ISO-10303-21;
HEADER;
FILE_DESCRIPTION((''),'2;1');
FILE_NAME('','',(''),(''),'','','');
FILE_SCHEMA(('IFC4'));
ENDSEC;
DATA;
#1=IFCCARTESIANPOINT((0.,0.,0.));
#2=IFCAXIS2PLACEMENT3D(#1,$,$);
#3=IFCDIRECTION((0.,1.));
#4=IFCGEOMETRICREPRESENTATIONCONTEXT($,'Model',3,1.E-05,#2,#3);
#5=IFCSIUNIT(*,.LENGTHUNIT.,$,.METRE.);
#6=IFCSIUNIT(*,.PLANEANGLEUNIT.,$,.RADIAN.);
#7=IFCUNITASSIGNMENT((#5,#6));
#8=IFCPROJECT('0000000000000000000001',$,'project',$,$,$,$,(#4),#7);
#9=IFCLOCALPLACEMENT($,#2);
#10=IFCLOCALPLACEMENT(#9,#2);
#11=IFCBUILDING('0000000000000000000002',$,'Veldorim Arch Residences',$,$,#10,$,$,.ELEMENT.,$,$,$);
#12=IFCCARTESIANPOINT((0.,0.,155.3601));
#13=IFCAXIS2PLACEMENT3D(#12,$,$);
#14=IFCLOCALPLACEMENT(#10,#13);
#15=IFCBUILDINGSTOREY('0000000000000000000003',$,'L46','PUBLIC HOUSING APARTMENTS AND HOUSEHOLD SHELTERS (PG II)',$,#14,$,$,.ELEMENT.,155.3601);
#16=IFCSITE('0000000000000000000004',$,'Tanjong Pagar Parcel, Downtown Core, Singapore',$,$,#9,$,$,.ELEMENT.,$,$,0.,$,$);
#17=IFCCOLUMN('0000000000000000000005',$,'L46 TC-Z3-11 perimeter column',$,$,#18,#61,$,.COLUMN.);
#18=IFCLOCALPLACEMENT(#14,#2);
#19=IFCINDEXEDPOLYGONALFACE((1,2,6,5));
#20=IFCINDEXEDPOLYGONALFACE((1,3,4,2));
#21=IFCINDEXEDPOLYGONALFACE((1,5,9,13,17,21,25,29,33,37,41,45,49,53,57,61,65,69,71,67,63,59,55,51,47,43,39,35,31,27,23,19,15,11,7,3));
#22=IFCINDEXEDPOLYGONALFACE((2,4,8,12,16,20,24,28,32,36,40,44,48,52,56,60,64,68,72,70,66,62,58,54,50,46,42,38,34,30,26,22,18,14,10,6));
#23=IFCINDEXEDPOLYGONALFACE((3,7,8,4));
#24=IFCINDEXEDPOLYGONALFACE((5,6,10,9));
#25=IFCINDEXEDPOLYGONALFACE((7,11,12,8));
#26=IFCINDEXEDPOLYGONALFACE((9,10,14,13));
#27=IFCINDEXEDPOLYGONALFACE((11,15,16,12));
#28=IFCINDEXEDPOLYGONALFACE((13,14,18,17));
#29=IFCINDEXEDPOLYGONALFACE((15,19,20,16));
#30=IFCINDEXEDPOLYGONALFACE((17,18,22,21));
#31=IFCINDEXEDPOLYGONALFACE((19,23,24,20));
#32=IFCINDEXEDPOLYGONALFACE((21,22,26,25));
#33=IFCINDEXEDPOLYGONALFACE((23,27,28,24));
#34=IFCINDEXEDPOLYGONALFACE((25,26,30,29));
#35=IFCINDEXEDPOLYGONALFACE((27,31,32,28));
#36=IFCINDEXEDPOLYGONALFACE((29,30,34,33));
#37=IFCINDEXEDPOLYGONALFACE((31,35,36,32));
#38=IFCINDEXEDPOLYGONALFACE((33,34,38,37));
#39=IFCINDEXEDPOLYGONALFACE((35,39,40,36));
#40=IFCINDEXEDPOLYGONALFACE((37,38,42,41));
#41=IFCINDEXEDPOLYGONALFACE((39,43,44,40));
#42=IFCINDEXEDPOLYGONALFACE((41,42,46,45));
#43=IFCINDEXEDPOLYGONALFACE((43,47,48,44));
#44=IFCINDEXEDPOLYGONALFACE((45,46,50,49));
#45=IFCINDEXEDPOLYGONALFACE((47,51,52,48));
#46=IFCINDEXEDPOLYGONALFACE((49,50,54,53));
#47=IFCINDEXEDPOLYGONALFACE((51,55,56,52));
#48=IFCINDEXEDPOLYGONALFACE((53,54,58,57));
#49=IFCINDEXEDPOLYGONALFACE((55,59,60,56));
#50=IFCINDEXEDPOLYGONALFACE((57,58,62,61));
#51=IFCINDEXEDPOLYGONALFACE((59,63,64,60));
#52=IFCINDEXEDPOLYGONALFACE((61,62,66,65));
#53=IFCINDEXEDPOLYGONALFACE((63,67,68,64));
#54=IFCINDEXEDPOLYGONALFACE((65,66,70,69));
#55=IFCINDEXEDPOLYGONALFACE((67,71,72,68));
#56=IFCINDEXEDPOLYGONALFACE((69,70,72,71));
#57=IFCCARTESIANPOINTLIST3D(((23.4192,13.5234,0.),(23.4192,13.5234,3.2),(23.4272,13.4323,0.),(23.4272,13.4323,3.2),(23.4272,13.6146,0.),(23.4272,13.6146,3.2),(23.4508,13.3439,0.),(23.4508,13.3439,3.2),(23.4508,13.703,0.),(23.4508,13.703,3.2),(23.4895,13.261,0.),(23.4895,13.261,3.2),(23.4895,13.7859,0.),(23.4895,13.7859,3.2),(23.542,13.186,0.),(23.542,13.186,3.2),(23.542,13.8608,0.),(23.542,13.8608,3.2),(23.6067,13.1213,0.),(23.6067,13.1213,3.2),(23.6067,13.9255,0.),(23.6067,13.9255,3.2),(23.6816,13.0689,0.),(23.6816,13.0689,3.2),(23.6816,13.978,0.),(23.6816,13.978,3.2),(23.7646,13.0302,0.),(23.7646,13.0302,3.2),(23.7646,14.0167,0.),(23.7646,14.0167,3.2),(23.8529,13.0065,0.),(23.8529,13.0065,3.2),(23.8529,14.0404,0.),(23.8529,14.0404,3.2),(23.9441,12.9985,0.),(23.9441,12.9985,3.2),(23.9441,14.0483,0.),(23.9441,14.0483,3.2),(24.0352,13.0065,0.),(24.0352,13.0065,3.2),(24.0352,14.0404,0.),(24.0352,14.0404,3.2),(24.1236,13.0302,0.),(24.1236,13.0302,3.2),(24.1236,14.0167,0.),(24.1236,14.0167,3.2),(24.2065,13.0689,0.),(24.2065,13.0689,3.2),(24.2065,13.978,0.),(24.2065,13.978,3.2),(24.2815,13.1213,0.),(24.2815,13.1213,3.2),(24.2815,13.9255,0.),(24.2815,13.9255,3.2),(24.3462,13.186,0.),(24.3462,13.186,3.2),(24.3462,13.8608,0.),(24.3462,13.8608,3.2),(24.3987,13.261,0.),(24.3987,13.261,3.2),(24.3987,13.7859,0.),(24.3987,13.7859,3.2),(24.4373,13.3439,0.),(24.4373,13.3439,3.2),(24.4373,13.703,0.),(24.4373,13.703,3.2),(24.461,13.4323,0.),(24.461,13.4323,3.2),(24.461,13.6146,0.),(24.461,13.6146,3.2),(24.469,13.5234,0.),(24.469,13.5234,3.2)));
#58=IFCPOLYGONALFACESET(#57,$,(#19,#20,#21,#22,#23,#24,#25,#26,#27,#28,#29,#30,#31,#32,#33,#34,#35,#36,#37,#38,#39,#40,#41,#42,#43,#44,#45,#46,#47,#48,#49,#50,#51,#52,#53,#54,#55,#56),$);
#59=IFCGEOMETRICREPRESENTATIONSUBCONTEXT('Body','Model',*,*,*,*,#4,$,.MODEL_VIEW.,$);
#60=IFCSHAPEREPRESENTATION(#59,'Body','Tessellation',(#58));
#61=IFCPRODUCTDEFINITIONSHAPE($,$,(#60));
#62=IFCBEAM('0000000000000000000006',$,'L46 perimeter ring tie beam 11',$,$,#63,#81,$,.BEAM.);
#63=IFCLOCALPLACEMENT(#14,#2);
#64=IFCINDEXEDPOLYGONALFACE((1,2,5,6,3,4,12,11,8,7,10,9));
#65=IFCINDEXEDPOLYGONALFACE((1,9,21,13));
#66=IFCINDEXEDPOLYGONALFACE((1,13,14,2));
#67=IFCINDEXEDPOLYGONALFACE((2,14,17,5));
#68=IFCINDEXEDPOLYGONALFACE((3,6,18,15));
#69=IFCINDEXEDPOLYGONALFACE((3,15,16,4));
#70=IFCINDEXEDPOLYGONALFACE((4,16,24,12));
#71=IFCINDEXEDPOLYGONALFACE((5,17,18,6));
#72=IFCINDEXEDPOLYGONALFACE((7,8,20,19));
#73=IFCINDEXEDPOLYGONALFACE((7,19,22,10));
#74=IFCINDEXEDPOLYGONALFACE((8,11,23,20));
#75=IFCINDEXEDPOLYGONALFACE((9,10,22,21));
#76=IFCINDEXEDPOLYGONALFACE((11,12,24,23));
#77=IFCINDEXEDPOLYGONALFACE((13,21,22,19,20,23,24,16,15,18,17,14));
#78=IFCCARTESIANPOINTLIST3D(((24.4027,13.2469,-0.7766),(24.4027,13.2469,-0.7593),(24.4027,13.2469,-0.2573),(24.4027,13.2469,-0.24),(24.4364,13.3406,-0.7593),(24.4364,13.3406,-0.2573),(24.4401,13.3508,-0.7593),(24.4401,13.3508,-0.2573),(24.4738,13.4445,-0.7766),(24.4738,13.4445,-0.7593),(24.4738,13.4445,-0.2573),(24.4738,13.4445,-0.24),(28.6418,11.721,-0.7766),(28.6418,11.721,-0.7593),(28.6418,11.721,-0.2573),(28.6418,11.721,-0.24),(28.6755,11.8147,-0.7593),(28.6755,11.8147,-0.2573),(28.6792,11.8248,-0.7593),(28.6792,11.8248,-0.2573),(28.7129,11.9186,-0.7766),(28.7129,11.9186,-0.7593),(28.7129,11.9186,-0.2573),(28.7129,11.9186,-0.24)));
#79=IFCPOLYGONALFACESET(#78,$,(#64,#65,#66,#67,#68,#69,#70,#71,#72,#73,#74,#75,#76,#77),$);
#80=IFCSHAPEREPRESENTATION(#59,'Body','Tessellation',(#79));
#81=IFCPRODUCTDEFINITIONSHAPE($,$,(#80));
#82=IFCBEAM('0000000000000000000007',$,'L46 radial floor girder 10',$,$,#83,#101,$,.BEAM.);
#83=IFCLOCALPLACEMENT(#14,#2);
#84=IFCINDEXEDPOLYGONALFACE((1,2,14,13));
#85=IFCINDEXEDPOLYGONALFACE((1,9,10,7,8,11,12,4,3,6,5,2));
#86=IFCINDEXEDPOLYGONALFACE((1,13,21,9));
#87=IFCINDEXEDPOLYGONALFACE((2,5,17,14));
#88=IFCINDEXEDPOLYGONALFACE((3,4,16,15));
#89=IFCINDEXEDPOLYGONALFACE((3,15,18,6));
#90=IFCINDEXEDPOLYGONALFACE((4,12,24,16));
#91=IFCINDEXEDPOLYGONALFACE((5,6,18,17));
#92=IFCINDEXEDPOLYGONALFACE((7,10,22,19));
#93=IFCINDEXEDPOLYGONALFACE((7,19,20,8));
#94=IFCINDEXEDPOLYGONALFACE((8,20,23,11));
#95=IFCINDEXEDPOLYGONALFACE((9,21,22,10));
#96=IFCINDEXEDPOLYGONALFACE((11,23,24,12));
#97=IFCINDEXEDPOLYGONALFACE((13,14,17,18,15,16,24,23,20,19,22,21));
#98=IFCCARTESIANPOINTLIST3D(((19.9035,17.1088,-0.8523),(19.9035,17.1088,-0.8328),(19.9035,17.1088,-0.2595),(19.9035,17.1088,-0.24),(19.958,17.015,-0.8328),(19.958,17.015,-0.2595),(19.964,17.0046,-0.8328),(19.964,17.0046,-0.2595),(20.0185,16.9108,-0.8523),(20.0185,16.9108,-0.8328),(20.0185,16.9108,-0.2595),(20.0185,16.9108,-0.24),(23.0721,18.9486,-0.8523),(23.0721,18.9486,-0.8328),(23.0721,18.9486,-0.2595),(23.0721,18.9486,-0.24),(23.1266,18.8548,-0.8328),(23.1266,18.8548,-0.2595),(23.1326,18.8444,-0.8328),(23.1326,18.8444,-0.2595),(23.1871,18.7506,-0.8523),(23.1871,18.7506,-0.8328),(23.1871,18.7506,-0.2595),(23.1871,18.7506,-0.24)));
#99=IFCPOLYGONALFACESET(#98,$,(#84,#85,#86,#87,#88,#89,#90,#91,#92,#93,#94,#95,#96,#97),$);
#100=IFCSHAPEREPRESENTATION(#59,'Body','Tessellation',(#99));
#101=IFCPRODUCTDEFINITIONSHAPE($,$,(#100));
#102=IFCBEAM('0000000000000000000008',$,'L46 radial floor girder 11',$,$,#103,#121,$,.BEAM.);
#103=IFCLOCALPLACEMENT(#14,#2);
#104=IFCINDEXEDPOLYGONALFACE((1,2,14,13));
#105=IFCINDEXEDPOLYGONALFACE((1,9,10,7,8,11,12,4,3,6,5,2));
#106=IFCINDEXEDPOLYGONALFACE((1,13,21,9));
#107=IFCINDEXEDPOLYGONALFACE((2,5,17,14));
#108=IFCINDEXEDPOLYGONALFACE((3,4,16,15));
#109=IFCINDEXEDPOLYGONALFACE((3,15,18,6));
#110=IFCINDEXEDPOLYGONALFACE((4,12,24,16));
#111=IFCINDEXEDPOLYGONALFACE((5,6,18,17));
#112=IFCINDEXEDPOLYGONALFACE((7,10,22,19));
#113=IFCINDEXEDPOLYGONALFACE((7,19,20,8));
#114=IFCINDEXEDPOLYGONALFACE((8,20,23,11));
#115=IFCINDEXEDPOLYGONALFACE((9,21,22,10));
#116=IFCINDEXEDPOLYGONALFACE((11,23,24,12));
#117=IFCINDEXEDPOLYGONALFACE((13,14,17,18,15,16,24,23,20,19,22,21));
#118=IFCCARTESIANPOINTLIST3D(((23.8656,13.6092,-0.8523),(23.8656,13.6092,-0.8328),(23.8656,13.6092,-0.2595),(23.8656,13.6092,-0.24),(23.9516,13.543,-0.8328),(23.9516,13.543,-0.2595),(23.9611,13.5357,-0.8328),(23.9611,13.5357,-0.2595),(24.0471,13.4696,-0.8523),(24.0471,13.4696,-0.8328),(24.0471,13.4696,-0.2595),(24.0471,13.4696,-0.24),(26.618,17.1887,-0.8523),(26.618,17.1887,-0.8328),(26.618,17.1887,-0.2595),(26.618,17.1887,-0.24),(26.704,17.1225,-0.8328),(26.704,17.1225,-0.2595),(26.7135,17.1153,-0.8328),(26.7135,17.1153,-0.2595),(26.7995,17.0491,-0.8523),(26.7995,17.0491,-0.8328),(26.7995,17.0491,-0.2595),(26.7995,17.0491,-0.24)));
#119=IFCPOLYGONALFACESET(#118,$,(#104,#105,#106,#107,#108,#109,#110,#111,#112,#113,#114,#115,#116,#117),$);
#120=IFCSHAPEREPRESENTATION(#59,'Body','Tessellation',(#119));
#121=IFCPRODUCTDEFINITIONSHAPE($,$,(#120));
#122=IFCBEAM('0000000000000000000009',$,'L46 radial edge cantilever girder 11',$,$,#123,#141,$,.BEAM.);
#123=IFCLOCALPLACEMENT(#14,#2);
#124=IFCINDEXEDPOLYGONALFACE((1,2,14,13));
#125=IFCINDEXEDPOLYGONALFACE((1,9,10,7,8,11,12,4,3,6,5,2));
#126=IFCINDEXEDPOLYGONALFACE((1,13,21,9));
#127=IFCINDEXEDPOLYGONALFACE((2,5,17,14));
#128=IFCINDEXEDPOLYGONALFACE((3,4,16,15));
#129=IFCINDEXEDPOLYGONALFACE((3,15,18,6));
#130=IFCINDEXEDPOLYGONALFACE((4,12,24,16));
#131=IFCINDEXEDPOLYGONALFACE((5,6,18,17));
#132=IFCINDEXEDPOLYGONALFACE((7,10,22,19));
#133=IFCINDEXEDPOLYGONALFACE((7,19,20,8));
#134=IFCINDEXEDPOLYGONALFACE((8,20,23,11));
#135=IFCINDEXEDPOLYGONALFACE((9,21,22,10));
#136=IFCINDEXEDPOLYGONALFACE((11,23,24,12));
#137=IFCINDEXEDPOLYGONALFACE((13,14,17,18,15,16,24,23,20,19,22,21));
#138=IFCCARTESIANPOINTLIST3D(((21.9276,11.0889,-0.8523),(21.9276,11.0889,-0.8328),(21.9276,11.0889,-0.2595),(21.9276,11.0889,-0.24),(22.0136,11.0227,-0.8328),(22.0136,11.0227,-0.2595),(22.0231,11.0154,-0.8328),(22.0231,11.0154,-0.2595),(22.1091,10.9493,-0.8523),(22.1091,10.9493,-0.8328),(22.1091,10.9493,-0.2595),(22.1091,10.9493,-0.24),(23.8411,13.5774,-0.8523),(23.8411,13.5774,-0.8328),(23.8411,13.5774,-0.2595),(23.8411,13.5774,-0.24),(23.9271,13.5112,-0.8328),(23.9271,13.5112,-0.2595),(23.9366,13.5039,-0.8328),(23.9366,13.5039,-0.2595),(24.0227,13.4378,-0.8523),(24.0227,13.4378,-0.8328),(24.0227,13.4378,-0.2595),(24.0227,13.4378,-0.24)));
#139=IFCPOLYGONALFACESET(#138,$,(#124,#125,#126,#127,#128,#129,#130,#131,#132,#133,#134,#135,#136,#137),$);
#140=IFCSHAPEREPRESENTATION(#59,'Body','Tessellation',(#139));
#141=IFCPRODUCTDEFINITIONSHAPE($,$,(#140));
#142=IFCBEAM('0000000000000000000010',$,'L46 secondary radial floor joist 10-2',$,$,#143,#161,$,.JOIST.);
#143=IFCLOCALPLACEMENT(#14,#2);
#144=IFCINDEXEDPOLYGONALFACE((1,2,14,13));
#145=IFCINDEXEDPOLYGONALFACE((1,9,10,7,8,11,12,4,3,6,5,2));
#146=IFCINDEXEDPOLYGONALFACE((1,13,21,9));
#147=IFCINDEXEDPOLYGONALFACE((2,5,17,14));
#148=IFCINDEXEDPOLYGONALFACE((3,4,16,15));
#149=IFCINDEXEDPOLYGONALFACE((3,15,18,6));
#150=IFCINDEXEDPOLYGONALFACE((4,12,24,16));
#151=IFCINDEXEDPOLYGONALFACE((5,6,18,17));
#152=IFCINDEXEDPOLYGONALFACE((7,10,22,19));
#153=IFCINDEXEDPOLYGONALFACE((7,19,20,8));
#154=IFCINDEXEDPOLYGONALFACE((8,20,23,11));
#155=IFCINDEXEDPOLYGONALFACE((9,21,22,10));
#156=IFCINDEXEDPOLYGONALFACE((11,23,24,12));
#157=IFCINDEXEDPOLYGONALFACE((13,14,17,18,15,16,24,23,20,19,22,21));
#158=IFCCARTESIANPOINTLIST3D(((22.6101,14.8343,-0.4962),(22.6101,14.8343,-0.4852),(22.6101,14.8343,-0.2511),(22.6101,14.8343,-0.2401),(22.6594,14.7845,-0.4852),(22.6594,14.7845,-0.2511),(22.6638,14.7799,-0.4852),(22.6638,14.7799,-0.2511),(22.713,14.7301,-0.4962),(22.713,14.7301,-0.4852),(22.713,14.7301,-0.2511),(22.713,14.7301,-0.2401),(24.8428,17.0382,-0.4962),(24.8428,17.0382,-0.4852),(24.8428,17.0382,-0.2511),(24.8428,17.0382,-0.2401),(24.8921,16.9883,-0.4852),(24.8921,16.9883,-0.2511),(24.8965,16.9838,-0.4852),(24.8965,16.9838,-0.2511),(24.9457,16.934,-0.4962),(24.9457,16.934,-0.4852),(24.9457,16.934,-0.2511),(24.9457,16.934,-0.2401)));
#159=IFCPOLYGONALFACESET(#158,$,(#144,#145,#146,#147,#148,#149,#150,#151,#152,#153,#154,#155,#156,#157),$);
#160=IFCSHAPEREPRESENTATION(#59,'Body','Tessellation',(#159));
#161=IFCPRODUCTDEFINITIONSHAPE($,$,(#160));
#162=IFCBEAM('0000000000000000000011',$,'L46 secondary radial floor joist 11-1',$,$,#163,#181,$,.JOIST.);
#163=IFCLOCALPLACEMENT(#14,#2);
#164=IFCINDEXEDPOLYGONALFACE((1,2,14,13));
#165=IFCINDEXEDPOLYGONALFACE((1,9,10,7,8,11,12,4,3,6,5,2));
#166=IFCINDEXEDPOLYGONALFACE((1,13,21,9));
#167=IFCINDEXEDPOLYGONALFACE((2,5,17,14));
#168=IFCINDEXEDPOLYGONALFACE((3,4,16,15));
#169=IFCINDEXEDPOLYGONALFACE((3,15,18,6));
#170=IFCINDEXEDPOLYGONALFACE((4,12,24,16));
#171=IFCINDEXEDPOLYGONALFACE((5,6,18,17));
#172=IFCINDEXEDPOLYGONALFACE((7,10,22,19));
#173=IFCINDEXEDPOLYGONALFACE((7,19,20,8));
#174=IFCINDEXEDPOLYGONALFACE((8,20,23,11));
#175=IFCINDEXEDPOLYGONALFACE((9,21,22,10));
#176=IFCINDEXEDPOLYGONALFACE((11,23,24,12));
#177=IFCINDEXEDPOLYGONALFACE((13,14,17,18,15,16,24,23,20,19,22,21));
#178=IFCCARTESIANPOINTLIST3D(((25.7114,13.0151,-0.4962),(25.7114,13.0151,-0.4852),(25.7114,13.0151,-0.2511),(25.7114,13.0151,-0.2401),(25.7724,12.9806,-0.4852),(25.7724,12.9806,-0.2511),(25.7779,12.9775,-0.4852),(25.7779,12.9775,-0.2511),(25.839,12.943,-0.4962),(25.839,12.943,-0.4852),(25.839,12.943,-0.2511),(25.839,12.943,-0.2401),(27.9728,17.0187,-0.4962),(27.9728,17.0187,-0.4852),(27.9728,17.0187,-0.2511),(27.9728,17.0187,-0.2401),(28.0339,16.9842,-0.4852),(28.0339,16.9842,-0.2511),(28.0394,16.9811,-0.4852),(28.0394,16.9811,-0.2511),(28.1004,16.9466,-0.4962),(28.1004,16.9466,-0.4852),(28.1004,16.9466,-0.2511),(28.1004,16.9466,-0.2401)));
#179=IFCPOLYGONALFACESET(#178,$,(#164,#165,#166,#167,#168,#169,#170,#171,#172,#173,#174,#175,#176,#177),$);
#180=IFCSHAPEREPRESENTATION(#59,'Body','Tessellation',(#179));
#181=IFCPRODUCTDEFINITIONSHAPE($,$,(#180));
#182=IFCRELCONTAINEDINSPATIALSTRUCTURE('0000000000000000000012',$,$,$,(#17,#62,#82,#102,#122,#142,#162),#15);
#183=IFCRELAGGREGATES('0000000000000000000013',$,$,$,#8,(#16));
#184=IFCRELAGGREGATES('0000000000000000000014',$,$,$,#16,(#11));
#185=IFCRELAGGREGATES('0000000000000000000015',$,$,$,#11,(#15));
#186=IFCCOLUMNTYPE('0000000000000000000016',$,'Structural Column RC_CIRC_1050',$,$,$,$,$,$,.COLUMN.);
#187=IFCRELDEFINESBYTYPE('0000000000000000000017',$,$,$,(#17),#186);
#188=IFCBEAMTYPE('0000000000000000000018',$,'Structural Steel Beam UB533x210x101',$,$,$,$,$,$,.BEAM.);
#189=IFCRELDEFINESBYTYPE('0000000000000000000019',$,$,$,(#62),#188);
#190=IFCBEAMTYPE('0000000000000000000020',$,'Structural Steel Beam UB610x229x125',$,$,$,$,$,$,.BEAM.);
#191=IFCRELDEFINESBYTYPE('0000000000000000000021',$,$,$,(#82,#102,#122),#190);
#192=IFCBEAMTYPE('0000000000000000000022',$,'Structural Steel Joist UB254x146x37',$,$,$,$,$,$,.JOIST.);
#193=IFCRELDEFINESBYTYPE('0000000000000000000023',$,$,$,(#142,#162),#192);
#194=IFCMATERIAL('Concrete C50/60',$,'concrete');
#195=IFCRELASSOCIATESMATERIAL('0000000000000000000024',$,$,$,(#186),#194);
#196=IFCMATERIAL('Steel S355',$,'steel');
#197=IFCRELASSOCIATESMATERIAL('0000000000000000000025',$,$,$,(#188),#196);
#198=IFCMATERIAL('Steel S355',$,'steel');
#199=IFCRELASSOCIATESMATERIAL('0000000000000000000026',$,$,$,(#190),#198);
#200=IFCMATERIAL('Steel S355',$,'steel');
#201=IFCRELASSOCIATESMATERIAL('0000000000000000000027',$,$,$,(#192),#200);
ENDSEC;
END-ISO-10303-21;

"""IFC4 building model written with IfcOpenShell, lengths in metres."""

from ifc_helpers import new_model, si_unit, direction, frame, origin, origin_2d, place, context, subcontext, project, spatial, circle, i_section, extrude, material, material_profile, profile_set, type_object, element, save


model = new_model("IFC4")

# Units and contexts
model_context = context("Model", 3, precision=1e-05, world=origin(), true_north=direction((0.0, 1.0)))
body_context = subcontext(model_context, "Body", "Model", "MODEL_VIEW")
ifc_project = project(units=[si_unit("LENGTHUNIT", "METRE"), si_unit("PLANEANGLEUNIT", "RADIAN")], contexts=[model_context])

# Site, building, storey
site_placement = place(None, origin())
site = spatial("IfcSite", under=ifc_project, at=site_placement, Name="Tanjong Pagar Parcel, Downtown Core, Singapore", CompositionType="ELEMENT", RefElevation=0.0)
building_placement = place(site_placement, origin())
building = spatial("IfcBuilding", under=site, at=building_placement, Name="Veldorim Arch Residences", CompositionType="ELEMENT")
storey_placement = place(building_placement, frame((0.0, 0.0, 155.3601)))
storey = spatial("IfcBuildingStorey", under=building, at=storey_placement, Name="L46", Description="PUBLIC HOUSING APARTMENTS AND HOUSEHOLD SHELTERS (PG II)", CompositionType="ELEMENT", Elevation=155.3601)

# Column
ifc_material_1 = material(Name="Concrete C50/60", Category="concrete")
ifc_material_profile_1 = material_profile(ifc_material_1, circle(Radius=0.5249, at=origin_2d()), Name="RC_CIRC_1050")
ifc_profile_set_1 = profile_set([ifc_material_profile_1], Name="Concrete C50/60")
column_type = type_object("IfcColumnType", Name="Structural Column RC_CIRC_1050", PredefinedType="COLUMN", material=ifc_profile_set_1)
column_placement = place(storey_placement, frame((23.9441, 13.5234, 0.0), z_axis=(0.0, 0.0, 1.0), x_axis=(1.0, 0.0, 0.0)))
element("IfcColumn", 1, at=column_placement, inside=storey, type_object=column_type, Name="L46 TC-Z3-11 perimeter column", PredefinedType="COLUMN", context=body_context, shape_type="SweptSolid", body=[
    extrude(circle(Radius=0.5249, at=origin_2d()), origin(), (0.0, 0.0, 1.0), 3.2),
])

# Beams
ifc_material_2 = material(Name="Steel S355", Category="steel")
ifc_material_profile_2 = material_profile(ifc_material_2, i_section(OverallWidth=0.21, OverallDepth=0.5366, WebThickness=0.0107, FlangeThickness=0.0173, at=origin_2d()), Name="UB533x210x101")
ifc_profile_set_2 = profile_set([ifc_material_profile_2], Name="Steel S355")
beam_type_1 = type_object("IfcBeamType", Name="Structural Steel Beam UB533x210x101", PredefinedType="BEAM", material=ifc_profile_set_2)
beam_1_placement = place(storey_placement, frame((24.4382, 13.3457, -0.5083), z_axis=(0.940899, -0.338687, 0.0), x_axis=(0.338687, 0.940899, 0.0)))
element("IfcBeam", 2, at=beam_1_placement, inside=storey, type_object=beam_type_1, Name="L46 perimeter ring tie beam 11", PredefinedType="BEAM", context=body_context, shape_type="SweptSolid", body=[
    extrude(i_section(OverallWidth=0.21, OverallDepth=0.5366, WebThickness=0.0107, FlangeThickness=0.0173, at=origin_2d()), origin(), (0.0, 0.0, 1.0), 4.5054),
])
ifc_material_3 = material(Name="Steel S355", Category="steel")
ifc_material_profile_3 = material_profile(ifc_material_3, i_section(OverallWidth=0.229, OverallDepth=0.6123, WebThickness=0.012, FlangeThickness=0.0195, at=origin_2d()), Name="UB610x229x125")
ifc_profile_set_3 = profile_set([ifc_material_profile_3], Name="Steel S355")
beam_type_2 = type_object("IfcBeamType", Name="Structural Steel Beam UB610x229x125", PredefinedType="BEAM", material=ifc_profile_set_3)
beam_2_placement = place(storey_placement, frame((23.1296, 18.8496, -0.5461), z_axis=(-0.864795, -0.502126, 0.0), x_axis=(0.502126, -0.864795, 0.0)))
element("IfcBeam", 3, at=beam_2_placement, inside=storey, type_object=beam_type_2, Name="L46 radial floor girder 10", PredefinedType="BEAM", context=body_context, shape_type="SweptSolid", body=[
    extrude(i_section(OverallWidth=0.229, OverallDepth=0.6123, WebThickness=0.012, FlangeThickness=0.0195, at=origin_2d()), origin(), (0.0, 0.0, 1.0), 3.6641),
])
beam_3_placement = place(storey_placement, frame((26.7087, 17.1189, -0.5461), z_axis=(-0.609559, -0.792741, 0.0), x_axis=(0.792741, -0.609559, 0.0)))
element("IfcBeam", 4, at=beam_3_placement, inside=storey, type_object=beam_type_2, Name="L46 radial floor girder 11", PredefinedType="BEAM", context=body_context, shape_type="SweptSolid", body=[
    extrude(i_section(OverallWidth=0.229, OverallDepth=0.6123, WebThickness=0.012, FlangeThickness=0.0195, at=origin_2d()), origin(), (0.0, 0.0, 1.0), 4.5154),
])
beam_4_placement = place(storey_placement, frame((23.9319, 13.5076, -0.5461), z_axis=(-0.609575, -0.792728, 0.0), x_axis=(0.792728, -0.609575, 0.0)))
element("IfcBeam", 5, at=beam_4_placement, inside=storey, type_object=beam_type_2, Name="L46 radial edge cantilever girder 11", PredefinedType="BEAM", context=body_context, shape_type="SweptSolid", body=[
    extrude(i_section(OverallWidth=0.229, OverallDepth=0.6123, WebThickness=0.012, FlangeThickness=0.0195, at=origin_2d()), origin(), (0.0, 0.0, 1.0), 3.1392),
])
ifc_material_4 = material(Name="Steel S355", Category="steel")
ifc_material_profile_4 = material_profile(ifc_material_4, i_section(OverallWidth=0.1465, OverallDepth=0.2561, WebThickness=0.0063, FlangeThickness=0.011, at=origin_2d()), Name="UB254x146x37")
ifc_profile_set_4 = profile_set([ifc_material_profile_4], Name="Steel S355")
beam_type_3 = type_object("IfcBeamType", Name="Structural Steel Joist UB254x146x37", PredefinedType="JOIST", material=ifc_profile_set_4)
beam_5_placement = place(storey_placement, frame((24.8943, 16.9861, -0.3682), z_axis=(-0.711683, -0.7025, 0.0), x_axis=(0.7025, -0.711683, 0.0)))
element("IfcBeam", 6, at=beam_5_placement, inside=storey, type_object=beam_type_3, Name="L46 secondary radial floor joist 10-2", PredefinedType="JOIST", context=body_context, shape_type="SweptSolid", body=[
    extrude(i_section(OverallWidth=0.1465, OverallDepth=0.2561, WebThickness=0.0063, FlangeThickness=0.011, at=origin_2d()), origin(), (0.0, 0.0, 1.0), 3.1372),
])
beam_6_placement = place(storey_placement, frame((28.0366, 16.9827, -0.3682), z_axis=(-0.491816, -0.870699, 0.0), x_axis=(0.870699, -0.491816, 0.0)))
element("IfcBeam", 7, at=beam_6_placement, inside=storey, type_object=beam_type_3, Name="L46 secondary radial floor joist 11-1", PredefinedType="JOIST", context=body_context, shape_type="SweptSolid", body=[
    extrude(i_section(OverallWidth=0.1465, OverallDepth=0.2561, WebThickness=0.0063, FlangeThickness=0.011, at=origin_2d()), origin(), (0.0, 0.0, 1.0), 4.5981),
])

save(model, "model.ifc")
